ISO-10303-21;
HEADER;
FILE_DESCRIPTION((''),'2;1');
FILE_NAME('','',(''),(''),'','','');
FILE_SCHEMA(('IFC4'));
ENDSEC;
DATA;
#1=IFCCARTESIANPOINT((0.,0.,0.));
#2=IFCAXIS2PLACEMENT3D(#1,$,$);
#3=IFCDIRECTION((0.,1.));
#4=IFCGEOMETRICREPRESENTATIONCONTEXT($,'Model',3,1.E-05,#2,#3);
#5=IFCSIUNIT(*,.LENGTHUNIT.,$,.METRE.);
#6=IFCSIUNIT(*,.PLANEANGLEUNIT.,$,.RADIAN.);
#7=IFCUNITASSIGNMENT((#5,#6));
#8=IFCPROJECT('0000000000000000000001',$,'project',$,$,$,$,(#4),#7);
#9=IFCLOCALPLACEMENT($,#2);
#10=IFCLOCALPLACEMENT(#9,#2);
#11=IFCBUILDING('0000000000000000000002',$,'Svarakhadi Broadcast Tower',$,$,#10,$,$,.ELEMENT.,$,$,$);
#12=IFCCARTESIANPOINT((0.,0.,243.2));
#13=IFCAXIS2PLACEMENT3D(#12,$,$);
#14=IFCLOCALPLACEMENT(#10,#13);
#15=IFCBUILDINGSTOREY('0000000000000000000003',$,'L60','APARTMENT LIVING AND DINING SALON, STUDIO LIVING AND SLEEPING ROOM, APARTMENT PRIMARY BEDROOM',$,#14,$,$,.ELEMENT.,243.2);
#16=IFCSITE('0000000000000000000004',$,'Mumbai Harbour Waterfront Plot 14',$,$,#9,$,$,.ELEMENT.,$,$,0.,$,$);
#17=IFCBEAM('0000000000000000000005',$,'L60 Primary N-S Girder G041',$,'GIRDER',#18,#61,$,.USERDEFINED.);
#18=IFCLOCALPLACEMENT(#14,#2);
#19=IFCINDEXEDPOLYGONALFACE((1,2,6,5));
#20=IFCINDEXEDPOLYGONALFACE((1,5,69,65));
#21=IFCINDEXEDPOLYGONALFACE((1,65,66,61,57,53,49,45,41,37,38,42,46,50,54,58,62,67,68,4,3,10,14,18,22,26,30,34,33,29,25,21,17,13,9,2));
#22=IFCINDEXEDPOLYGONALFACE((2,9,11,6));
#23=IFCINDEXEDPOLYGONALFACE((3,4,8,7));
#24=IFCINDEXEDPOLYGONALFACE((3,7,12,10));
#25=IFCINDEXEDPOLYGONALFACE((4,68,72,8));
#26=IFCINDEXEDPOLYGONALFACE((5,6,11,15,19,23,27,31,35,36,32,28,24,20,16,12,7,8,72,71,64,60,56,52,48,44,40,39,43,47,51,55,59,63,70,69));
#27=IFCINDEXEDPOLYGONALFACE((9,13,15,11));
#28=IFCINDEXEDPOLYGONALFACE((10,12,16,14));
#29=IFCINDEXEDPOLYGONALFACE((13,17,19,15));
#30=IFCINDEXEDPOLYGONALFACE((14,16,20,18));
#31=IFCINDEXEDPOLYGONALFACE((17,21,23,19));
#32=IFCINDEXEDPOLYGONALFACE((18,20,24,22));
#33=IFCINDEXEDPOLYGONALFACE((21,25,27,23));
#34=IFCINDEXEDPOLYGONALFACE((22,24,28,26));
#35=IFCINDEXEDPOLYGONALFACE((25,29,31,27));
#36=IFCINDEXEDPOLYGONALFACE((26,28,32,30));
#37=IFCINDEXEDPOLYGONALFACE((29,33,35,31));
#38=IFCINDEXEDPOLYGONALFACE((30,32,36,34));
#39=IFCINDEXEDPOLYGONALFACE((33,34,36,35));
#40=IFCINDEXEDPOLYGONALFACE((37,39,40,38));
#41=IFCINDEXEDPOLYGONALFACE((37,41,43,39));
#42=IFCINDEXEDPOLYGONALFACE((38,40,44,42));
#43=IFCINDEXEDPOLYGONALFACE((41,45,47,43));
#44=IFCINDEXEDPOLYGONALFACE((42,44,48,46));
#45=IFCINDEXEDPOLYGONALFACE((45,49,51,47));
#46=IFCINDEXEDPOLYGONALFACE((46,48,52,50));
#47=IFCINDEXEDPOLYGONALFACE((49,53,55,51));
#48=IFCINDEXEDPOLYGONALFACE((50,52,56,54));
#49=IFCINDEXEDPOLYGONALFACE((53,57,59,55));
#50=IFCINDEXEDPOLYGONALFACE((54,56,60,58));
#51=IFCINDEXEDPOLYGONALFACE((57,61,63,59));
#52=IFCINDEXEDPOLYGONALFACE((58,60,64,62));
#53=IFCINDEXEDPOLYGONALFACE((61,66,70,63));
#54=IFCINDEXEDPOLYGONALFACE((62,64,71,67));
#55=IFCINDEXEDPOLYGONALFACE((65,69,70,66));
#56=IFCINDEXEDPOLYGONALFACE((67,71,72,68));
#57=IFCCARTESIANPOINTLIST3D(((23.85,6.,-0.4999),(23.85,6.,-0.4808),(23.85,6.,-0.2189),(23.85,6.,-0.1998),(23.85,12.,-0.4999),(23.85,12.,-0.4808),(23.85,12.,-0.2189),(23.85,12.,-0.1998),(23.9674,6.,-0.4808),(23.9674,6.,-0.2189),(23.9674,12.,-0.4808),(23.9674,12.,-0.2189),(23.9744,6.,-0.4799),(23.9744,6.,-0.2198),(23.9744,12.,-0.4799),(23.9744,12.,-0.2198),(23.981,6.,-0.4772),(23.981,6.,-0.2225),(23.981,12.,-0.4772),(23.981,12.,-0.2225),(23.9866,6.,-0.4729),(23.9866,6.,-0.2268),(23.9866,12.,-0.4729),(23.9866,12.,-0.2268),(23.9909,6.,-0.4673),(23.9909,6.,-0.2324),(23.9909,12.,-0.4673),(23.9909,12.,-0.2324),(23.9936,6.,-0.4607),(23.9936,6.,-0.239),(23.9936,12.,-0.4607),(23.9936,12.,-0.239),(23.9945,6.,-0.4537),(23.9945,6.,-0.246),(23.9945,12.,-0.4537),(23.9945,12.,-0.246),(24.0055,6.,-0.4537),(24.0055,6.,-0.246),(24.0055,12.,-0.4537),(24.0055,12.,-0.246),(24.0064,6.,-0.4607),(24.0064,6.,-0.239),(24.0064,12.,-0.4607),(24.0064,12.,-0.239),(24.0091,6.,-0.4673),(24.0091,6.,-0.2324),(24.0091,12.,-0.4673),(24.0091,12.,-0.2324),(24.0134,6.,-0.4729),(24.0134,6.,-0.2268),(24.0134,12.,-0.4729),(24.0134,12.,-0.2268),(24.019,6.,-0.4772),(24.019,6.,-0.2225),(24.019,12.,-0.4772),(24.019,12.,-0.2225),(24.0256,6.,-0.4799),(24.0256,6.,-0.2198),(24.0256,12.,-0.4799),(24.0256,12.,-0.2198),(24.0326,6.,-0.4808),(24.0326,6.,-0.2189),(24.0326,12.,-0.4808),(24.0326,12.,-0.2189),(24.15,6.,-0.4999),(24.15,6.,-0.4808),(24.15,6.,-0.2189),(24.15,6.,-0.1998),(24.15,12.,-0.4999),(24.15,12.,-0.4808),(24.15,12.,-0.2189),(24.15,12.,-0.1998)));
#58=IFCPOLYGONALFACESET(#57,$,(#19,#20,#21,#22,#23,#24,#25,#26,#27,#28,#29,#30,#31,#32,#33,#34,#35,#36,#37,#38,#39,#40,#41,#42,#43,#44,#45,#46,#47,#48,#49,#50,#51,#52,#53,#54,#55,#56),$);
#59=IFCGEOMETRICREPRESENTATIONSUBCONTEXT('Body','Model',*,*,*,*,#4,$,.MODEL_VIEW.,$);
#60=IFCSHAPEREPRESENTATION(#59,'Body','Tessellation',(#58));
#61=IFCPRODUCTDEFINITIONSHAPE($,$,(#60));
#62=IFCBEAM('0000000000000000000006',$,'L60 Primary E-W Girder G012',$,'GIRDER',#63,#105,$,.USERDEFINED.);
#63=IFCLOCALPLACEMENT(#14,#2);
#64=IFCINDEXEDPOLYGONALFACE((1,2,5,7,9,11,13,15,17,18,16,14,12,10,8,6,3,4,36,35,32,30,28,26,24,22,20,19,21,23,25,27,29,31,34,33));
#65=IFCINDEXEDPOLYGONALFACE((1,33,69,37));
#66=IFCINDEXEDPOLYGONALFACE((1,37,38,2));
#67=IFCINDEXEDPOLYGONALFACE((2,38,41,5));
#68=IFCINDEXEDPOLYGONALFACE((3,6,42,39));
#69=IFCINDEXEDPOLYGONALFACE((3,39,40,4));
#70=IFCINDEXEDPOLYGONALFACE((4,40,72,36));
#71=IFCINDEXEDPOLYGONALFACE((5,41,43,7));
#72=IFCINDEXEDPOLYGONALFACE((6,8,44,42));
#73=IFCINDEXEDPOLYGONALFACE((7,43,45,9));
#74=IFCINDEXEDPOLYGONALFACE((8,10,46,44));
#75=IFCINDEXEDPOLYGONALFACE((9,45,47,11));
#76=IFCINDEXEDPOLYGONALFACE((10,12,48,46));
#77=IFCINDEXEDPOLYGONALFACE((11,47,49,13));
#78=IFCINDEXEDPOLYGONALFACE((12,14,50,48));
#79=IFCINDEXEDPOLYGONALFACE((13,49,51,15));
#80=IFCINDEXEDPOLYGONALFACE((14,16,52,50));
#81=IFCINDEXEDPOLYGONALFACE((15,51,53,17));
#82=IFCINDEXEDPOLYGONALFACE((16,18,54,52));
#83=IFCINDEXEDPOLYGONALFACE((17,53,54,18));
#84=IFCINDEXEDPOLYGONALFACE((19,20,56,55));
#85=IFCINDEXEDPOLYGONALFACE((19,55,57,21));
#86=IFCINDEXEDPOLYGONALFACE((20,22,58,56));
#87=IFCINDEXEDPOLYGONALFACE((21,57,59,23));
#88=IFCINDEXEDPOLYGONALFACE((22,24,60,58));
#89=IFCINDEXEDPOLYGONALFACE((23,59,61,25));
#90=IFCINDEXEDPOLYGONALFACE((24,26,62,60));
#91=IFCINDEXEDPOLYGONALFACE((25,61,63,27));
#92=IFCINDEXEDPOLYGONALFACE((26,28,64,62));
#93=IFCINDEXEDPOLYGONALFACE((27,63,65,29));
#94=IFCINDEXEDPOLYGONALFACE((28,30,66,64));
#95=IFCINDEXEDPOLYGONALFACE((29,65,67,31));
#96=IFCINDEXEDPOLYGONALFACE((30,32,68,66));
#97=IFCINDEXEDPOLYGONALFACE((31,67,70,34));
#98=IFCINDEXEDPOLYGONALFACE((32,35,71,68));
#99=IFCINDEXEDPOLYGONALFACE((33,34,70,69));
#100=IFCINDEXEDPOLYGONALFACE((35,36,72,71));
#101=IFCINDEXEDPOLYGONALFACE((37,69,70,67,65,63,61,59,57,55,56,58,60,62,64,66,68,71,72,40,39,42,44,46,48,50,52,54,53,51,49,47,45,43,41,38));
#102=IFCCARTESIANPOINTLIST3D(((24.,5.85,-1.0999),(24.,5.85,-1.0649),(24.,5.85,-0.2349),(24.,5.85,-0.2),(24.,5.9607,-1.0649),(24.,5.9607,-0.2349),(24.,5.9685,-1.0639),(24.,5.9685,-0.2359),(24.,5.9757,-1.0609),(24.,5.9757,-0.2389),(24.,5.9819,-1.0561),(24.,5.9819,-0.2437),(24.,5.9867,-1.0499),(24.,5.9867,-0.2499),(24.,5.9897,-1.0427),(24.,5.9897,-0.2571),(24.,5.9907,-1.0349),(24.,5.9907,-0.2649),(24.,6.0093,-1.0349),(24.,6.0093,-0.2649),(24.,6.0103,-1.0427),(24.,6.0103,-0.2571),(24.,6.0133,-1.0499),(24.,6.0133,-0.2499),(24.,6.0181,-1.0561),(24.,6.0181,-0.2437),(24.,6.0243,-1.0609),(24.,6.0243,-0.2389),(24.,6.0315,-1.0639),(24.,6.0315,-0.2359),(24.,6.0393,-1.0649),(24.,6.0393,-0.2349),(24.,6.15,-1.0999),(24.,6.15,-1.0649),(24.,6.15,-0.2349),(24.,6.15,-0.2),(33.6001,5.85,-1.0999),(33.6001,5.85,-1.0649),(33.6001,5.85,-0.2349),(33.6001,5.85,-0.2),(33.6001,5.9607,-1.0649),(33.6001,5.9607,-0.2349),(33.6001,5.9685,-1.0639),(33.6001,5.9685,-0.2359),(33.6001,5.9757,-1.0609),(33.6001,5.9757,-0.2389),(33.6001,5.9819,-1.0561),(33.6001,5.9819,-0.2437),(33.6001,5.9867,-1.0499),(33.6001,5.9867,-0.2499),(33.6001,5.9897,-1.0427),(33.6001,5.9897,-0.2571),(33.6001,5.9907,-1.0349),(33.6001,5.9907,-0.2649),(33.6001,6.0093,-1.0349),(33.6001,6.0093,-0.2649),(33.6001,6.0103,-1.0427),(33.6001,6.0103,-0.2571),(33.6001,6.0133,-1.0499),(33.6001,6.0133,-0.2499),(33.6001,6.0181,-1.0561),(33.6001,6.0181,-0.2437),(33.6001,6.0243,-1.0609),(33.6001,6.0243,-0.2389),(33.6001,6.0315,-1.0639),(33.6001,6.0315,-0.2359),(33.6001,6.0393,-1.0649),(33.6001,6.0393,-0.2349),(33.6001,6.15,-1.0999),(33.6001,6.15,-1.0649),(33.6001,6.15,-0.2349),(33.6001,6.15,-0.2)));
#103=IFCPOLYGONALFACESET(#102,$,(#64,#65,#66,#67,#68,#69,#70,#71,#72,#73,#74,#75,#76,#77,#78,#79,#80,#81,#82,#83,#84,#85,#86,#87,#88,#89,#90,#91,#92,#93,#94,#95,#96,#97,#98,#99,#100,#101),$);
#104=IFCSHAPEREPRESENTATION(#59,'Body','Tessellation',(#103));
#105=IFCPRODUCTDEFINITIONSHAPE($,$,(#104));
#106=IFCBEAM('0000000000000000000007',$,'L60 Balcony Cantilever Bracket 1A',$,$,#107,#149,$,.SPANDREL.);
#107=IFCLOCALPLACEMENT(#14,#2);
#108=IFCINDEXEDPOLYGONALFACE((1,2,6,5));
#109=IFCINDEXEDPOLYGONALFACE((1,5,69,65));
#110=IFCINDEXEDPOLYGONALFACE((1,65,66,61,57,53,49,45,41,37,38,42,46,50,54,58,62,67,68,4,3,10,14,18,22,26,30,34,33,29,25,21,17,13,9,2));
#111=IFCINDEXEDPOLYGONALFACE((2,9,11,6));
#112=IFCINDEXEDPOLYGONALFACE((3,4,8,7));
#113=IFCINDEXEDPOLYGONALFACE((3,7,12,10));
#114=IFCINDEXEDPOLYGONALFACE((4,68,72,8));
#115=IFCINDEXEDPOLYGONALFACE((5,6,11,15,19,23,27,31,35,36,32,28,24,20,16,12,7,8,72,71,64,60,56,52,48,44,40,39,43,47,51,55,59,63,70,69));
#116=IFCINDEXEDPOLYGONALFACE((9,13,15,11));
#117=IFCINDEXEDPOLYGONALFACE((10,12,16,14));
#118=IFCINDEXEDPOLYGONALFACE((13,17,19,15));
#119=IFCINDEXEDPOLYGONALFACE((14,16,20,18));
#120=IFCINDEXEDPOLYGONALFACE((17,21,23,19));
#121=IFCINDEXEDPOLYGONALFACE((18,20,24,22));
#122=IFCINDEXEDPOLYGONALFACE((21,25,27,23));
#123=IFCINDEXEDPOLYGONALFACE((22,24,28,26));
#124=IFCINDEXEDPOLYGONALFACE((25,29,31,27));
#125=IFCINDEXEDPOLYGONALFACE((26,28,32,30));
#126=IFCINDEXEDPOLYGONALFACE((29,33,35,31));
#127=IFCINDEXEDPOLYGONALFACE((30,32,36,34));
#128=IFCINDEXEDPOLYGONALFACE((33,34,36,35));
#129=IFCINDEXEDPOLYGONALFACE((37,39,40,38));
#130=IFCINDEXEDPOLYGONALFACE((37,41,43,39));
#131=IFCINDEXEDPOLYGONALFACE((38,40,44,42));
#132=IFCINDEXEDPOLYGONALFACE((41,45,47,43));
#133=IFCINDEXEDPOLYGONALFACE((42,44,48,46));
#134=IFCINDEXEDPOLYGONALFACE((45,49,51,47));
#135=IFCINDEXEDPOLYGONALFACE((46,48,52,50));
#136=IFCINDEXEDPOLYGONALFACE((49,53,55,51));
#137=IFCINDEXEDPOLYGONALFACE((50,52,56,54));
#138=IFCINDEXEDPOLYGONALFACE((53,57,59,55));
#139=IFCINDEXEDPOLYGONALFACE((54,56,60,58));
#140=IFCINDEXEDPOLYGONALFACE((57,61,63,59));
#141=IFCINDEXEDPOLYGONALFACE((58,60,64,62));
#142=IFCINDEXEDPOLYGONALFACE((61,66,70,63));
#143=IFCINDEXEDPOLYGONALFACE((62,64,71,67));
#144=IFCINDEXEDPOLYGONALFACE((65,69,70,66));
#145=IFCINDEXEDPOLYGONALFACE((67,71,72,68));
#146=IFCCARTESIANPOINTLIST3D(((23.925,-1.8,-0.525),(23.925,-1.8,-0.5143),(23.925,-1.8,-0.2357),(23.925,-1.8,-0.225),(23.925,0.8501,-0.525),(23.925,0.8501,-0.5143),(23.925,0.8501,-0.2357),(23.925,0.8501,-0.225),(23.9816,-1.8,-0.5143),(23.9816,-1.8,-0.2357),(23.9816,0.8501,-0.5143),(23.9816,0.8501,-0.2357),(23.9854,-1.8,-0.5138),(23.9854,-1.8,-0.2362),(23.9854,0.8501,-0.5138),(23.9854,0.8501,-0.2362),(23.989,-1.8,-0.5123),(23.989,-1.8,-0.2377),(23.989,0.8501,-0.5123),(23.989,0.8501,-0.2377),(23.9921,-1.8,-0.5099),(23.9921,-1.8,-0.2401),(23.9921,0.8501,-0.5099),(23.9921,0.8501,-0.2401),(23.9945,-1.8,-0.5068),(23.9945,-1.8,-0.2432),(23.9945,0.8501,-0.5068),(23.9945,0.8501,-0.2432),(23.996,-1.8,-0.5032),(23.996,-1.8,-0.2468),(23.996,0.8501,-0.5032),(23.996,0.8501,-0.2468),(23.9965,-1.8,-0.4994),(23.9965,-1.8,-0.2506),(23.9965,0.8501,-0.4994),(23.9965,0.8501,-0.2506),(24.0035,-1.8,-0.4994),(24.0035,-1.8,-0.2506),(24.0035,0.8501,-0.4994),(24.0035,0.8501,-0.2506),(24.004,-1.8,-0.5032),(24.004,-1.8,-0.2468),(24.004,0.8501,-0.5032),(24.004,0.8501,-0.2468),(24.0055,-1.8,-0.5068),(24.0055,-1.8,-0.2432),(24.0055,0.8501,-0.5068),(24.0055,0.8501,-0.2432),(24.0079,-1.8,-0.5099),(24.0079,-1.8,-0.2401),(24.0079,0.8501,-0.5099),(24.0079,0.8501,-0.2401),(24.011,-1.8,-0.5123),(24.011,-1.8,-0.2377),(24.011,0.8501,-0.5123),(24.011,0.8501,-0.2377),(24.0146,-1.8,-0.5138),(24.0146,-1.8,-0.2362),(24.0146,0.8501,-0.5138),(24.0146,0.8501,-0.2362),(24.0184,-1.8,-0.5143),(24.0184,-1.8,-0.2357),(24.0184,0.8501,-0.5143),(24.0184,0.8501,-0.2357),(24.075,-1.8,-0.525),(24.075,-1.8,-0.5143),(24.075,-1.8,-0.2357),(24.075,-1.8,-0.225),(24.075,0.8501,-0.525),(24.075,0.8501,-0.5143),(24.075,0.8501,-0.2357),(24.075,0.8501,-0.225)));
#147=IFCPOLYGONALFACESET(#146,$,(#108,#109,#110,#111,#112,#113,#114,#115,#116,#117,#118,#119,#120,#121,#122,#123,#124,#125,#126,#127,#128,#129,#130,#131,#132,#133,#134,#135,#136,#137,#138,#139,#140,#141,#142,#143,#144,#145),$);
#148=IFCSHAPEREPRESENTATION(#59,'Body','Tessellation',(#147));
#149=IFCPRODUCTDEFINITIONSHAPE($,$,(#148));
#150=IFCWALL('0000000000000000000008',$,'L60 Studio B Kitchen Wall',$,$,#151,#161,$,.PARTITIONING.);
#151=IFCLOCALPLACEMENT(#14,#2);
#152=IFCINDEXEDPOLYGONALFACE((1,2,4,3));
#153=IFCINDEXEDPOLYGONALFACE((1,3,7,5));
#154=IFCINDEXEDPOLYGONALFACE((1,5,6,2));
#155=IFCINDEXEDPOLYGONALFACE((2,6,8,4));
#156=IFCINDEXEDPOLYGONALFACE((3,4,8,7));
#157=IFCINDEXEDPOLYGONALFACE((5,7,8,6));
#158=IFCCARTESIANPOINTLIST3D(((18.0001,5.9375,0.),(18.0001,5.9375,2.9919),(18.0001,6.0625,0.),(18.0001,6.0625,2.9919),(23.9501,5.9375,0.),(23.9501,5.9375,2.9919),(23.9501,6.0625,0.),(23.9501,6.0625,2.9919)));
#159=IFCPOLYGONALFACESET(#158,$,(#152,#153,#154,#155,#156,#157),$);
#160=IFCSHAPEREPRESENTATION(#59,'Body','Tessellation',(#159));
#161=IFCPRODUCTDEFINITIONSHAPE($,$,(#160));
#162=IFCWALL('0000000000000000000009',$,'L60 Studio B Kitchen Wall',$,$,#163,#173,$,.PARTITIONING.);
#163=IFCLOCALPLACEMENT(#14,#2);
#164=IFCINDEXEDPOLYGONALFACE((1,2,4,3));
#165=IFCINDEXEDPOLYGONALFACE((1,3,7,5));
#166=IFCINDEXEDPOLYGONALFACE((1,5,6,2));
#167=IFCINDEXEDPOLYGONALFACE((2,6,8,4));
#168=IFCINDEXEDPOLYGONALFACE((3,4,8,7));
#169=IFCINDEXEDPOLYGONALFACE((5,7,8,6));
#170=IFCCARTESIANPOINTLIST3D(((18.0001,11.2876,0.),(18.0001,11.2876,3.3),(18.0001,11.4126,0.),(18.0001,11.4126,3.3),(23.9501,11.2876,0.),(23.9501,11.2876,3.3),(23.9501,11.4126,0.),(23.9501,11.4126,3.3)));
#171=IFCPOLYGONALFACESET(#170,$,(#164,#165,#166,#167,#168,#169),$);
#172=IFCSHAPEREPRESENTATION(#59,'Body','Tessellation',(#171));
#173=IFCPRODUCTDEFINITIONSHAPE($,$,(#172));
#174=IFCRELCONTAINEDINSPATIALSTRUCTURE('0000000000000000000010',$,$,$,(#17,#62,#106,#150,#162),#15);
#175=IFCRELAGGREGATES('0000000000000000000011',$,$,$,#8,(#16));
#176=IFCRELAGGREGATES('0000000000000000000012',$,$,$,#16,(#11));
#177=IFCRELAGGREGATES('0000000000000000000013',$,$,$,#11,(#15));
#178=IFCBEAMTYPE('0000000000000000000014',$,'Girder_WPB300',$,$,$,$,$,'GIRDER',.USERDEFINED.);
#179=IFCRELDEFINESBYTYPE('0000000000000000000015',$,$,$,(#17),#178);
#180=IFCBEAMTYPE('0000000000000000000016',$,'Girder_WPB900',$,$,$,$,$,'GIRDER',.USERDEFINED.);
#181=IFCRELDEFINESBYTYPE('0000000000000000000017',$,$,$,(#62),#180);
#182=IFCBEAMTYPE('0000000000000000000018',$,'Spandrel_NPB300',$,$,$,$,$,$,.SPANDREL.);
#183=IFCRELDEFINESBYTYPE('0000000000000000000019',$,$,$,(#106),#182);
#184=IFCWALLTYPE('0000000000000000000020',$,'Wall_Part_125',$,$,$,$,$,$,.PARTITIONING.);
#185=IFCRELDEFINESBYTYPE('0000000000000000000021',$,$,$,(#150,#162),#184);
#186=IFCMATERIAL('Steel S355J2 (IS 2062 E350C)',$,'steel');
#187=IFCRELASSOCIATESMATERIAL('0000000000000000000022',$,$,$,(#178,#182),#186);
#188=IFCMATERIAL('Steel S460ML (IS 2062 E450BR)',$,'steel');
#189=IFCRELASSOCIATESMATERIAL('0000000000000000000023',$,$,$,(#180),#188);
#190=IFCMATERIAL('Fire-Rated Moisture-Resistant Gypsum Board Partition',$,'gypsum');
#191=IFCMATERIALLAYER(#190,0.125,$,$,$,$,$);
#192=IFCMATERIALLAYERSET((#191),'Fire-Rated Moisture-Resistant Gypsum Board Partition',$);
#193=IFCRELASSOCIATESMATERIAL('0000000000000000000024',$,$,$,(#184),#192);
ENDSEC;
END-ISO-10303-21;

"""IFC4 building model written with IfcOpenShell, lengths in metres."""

from ifc_helpers import new_model, si_unit, direction, frame, frame_2d, origin, origin_2d, place, context, subcontext, project, spatial, rectangle, i_section, extrude, material, layer, layer_set, material_profile, profile_set, type_object, element, save


model = new_model("IFC4")

# Units and contexts
model_context = context("Model", 3, precision=1e-05, world=origin(), true_north=direction((0.0, 1.0)))
body_context = subcontext(model_context, "Body", "Model", "MODEL_VIEW")
ifc_project = project(units=[si_unit("LENGTHUNIT", "METRE"), si_unit("PLANEANGLEUNIT", "RADIAN")], contexts=[model_context])

# Site, building, storey
site_placement = place(None, origin())
site = spatial("IfcSite", under=ifc_project, at=site_placement, Name="Mumbai Harbour Waterfront Plot 14", CompositionType="ELEMENT", RefElevation=0.0)
building_placement = place(site_placement, origin())
building = spatial("IfcBuilding", under=site, at=building_placement, Name="Svarakhadi Broadcast Tower", CompositionType="ELEMENT")
storey_placement = place(building_placement, frame((0.0, 0.0, 243.2)))
storey = spatial("IfcBuildingStorey", under=building, at=storey_placement, Name="L60", Description="APARTMENT LIVING AND DINING SALON, STUDIO LIVING AND SLEEPING ROOM, APARTMENT PRIMARY BEDROOM", CompositionType="ELEMENT", Elevation=243.2)

# Shared definitions
ifc_material_1 = material(Name="Steel S460ML (IS 2062 E450BR)", Category="steel")

# Beams
ifc_material_2 = material(Name="Steel S355J2 (IS 2062 E350C)", Category="steel")
ifc_material_profile_1 = material_profile(ifc_material_2, i_section(OverallWidth=0.3, OverallDepth=0.3, WebThickness=0.011, FlangeThickness=0.019, FilletRadius=0.0271, at=origin_2d()), Name="WPB 300x300x117")
ifc_profile_set_1 = profile_set([ifc_material_profile_1], Name="Steel S355J2 (IS 2062 E350C)")
beam_type_1 = type_object("IfcBeamType", Name="Girder_WPB300", ElementType="GIRDER", PredefinedType="USERDEFINED", material=ifc_profile_set_1)
beam_1_placement = place(storey_placement, frame((24.0, 6.0, -0.3499), z_axis=(0.0, 1.0, 0.0), x_axis=(-1.0, 0.0, 0.0)))
element("IfcBeam", 1, at=beam_1_placement, inside=storey, type_object=beam_type_1, Name="L60 Primary N-S Girder G041", ObjectType="GIRDER", PredefinedType="USERDEFINED", context=body_context, shape_type="SweptSolid", body=[
    extrude(i_section(OverallWidth=0.3, OverallDepth=0.3, WebThickness=0.011, FlangeThickness=0.019, FilletRadius=0.0271, at=origin_2d()), origin(), (0.0, 0.0, 1.0), 6.0),
])
ifc_material_profile_2 = material_profile(ifc_material_1, i_section(OverallWidth=0.3, OverallDepth=0.8999, WebThickness=0.0186, FlangeThickness=0.0349, FilletRadius=0.03, at=origin_2d()), Name="WPB 900x300x291")
ifc_profile_set_2 = profile_set([ifc_material_profile_2], Name="Steel S460ML (IS 2062 E450BR)")
beam_type_2 = type_object("IfcBeamType", Name="Girder_WPB900", ElementType="GIRDER", PredefinedType="USERDEFINED", material=ifc_profile_set_2)
beam_2_placement = place(storey_placement, frame((24.0, 6.0, -0.6499), z_axis=(1.0, 0.0, 0.0), x_axis=(0.0, 1.0, 0.0)))
element("IfcBeam", 2, at=beam_2_placement, inside=storey, type_object=beam_type_2, Name="L60 Primary E-W Girder G012", ObjectType="GIRDER", PredefinedType="USERDEFINED", context=body_context, shape_type="SweptSolid", body=[
    extrude(i_section(OverallWidth=0.3, OverallDepth=0.8999, WebThickness=0.0186, FlangeThickness=0.0349, FilletRadius=0.03, at=origin_2d()), origin(), (0.0, 0.0, 1.0), 9.6001),
])
ifc_material_profile_3 = material_profile(ifc_material_2, i_section(OverallWidth=0.1499, OverallDepth=0.3, WebThickness=0.0071, FlangeThickness=0.0107, FilletRadius=0.0149, at=origin_2d()), Name="NPB 300x150x37")
ifc_profile_set_3 = profile_set([ifc_material_profile_3], Name="Steel S355J2 (IS 2062 E350C)")
beam_type_3 = type_object("IfcBeamType", Name="Spandrel_NPB300", PredefinedType="SPANDREL", material=ifc_profile_set_3)
beam_3_placement = place(storey_placement, frame((24.0, 0.8501, -0.375), z_axis=(0.0, -1.0, 0.0), x_axis=(1.0, 0.0, 0.0)))
element("IfcBeam", 3, at=beam_3_placement, inside=storey, type_object=beam_type_3, Name="L60 Balcony Cantilever Bracket 1A", PredefinedType="SPANDREL", context=body_context, shape_type="SweptSolid", body=[
    extrude(i_section(OverallWidth=0.1499, OverallDepth=0.3, WebThickness=0.0071, FlangeThickness=0.0107, FilletRadius=0.0149, at=origin_2d()), origin(), (0.0, 0.0, 1.0), 2.6501),
])

# Walls
ifc_material_3 = material(Name="Fire-Rated Moisture-Resistant Gypsum Board Partition", Category="gypsum")
ifc_layer_1 = layer(ifc_material_3, 0.125)
ifc_layer_set_1 = layer_set([ifc_layer_1], Name="Fire-Rated Moisture-Resistant Gypsum Board Partition")
wall_type_1 = type_object("IfcWallType", Name="Wall_Part_125", PredefinedType="PARTITIONING", material=ifc_layer_set_1)
wall_1_placement = place(storey_placement, frame((18.0, 6.0, 0.0), z_axis=(0.0, 0.0, 1.0), x_axis=(1.0, 0.0, 0.0)))
element("IfcWall", 4, at=wall_1_placement, inside=storey, type_object=wall_type_1, Name="L60 Studio B Kitchen Wall", PredefinedType="PARTITIONING", context=body_context, shape_type="SweptSolid", body=[
    extrude(rectangle(XDim=5.95, YDim=0.125, at=frame_2d((2.9751, 0.0))), origin(), (0.0, 0.0, 1.0), 2.9919),
])
wall_2_placement = place(storey_placement, frame((18.0, 11.3501, 0.0), z_axis=(0.0, 0.0, 1.0), x_axis=(1.0, 0.0, 0.0)))
element("IfcWall", 5, at=wall_2_placement, inside=storey, type_object=wall_type_1, Name="L60 Studio B Kitchen Wall", PredefinedType="PARTITIONING", context=body_context, shape_type="SweptSolid", body=[
    extrude(rectangle(XDim=5.95, YDim=0.125, at=frame_2d((2.9751, 0.0))), origin(), (0.0, 0.0, 1.0), 3.3),
])

save(model, "model.ifc")
